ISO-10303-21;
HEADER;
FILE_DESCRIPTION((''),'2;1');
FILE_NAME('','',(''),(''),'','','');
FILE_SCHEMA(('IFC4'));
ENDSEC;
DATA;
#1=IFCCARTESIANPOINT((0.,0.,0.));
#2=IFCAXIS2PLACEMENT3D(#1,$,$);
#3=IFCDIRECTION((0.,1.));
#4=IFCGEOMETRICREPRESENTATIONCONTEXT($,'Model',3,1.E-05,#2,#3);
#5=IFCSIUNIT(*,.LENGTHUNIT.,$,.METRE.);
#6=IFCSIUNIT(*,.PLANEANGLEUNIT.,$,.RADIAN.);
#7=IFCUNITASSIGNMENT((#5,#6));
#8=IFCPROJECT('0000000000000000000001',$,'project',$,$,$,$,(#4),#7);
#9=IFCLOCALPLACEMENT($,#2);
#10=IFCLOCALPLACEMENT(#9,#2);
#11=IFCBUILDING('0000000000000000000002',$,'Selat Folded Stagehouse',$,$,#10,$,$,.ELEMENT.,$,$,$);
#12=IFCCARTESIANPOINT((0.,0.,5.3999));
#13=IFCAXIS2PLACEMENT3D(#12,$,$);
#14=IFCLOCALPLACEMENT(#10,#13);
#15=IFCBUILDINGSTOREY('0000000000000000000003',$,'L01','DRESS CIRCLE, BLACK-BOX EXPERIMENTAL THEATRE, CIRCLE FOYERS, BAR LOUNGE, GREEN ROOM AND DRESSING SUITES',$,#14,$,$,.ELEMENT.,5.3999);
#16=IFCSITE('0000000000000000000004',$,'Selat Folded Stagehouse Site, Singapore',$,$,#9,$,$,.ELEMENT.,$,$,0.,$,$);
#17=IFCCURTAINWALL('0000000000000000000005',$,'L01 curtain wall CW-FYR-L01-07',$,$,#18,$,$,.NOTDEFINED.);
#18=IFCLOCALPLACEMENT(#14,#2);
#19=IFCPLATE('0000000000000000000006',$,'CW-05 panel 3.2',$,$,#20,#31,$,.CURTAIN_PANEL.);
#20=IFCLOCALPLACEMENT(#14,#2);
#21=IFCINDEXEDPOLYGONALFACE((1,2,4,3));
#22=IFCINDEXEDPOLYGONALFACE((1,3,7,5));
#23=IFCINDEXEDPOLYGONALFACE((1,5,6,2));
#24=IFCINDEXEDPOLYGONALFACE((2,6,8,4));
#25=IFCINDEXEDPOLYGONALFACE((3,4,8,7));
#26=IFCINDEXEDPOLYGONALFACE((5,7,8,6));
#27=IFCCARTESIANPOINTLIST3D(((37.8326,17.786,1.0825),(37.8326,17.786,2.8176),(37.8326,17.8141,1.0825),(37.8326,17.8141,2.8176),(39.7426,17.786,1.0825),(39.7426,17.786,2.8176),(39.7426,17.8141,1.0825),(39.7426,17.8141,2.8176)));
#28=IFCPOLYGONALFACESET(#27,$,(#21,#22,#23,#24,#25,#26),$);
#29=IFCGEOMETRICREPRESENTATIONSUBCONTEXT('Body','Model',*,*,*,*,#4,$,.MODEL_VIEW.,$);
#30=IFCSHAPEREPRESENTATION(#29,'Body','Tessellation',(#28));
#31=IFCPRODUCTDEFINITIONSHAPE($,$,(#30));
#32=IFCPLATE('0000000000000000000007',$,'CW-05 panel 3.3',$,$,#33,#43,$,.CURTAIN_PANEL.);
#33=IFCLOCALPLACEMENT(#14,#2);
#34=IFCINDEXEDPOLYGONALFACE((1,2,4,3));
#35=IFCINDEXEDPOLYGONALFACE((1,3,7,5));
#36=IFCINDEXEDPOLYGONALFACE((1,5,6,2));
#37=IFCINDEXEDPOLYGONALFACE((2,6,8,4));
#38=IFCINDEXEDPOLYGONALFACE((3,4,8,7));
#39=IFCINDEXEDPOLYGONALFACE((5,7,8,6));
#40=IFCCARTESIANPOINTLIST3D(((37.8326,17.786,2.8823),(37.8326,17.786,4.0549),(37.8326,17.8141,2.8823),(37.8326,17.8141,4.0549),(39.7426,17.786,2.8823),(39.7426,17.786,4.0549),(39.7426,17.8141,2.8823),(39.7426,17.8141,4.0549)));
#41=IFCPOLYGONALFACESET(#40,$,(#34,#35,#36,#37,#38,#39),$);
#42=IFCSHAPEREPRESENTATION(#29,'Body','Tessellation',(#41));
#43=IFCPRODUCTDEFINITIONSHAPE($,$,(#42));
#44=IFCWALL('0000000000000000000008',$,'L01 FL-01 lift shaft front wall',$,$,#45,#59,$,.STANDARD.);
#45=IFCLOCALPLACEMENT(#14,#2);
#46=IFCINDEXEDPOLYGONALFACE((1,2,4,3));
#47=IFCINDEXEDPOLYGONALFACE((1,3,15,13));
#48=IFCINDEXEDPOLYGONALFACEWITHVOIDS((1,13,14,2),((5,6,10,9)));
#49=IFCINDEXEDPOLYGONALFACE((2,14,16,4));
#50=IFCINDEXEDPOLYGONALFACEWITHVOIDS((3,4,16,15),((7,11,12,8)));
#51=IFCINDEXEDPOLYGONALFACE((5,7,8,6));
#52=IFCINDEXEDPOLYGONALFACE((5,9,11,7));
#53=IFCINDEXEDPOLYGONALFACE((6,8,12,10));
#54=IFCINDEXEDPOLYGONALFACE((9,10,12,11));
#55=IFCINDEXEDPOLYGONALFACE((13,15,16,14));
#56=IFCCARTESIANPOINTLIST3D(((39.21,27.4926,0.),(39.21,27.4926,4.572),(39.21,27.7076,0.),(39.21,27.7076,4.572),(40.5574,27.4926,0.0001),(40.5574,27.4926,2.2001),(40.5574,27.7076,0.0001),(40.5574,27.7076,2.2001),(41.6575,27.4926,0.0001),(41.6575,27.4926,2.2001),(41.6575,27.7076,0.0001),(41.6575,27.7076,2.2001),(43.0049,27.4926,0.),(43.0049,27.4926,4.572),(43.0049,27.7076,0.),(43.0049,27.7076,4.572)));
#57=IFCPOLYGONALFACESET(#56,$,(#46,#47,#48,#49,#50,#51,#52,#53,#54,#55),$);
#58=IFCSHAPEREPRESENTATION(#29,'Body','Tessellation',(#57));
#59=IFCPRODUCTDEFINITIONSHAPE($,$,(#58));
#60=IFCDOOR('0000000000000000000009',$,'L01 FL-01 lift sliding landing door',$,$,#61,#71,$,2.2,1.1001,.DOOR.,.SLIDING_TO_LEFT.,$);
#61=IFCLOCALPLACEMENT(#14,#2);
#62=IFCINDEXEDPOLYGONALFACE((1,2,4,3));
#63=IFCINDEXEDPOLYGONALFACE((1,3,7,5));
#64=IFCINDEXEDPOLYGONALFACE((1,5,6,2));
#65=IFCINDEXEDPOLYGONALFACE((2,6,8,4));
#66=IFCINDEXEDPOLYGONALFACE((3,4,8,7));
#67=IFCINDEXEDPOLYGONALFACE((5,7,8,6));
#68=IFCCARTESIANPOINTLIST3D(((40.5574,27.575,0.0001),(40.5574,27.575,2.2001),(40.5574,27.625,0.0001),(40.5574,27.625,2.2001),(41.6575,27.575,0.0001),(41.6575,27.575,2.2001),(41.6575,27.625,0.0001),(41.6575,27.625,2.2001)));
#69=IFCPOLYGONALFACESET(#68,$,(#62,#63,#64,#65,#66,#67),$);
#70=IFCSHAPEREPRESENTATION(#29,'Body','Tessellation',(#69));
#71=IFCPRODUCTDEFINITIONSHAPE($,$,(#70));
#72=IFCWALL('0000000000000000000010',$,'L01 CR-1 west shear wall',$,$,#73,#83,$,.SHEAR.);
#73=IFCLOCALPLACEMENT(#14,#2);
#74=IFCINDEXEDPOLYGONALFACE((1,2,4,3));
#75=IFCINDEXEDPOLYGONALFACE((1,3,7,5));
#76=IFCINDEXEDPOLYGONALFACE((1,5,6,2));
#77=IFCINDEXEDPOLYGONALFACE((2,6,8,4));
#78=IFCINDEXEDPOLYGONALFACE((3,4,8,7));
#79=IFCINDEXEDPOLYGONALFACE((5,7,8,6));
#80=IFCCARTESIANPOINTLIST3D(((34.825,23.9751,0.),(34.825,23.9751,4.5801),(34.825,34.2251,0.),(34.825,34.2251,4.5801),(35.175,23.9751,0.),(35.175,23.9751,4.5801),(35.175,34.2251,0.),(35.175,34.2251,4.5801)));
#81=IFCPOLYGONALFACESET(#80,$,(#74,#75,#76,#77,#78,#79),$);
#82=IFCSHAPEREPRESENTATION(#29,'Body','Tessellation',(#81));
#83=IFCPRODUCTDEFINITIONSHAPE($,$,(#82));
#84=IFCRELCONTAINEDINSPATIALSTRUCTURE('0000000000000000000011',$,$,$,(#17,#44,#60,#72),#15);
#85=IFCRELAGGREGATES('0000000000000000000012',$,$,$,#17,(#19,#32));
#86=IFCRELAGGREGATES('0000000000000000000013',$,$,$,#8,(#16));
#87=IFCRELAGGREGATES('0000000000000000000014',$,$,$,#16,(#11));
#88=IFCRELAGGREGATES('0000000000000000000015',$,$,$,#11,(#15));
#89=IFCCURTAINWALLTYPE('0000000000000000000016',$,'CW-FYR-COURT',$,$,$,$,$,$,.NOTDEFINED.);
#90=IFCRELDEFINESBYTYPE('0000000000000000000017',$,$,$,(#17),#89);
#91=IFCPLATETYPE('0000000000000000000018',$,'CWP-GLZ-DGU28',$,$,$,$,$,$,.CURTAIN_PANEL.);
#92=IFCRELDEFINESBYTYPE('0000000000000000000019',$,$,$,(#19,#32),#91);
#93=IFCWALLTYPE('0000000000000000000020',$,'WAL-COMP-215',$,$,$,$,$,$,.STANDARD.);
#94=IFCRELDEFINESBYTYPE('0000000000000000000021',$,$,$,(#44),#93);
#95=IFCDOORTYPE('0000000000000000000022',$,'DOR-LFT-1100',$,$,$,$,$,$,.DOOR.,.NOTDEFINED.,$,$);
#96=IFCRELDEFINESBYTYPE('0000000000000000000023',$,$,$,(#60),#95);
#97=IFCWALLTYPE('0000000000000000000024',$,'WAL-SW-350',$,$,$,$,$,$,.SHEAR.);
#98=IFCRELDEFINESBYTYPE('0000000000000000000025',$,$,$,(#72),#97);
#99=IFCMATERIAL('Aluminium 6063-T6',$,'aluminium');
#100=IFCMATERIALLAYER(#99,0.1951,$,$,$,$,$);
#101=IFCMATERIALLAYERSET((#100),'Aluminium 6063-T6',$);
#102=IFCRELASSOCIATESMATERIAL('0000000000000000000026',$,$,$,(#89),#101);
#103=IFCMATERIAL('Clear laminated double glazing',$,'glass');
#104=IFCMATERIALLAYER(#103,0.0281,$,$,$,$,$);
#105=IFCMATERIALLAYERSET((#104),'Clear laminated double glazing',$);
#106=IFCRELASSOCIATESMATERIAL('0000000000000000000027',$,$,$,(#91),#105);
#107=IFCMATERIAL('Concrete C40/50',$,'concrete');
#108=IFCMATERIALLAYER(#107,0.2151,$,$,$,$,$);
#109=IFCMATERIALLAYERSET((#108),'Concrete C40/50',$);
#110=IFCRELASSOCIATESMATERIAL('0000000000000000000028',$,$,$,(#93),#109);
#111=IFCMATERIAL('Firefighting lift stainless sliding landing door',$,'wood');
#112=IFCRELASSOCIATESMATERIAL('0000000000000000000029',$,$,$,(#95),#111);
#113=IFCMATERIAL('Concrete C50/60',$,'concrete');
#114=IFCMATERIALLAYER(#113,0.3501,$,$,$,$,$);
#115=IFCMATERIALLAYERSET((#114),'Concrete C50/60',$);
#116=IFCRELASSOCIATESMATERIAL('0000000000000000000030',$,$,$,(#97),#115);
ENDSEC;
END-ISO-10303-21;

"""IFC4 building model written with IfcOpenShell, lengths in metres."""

from ifc_helpers import new_model, si_unit, direction, frame, frame_2d, origin, origin_2d, place, context, subcontext, project, spatial, rectangle, extrude, material, layer, layer_set, type_object, element, fill, aggregate, save


model = new_model("IFC4")

# Units and contexts
model_context = context("Model", 3, precision=1e-05, world=origin(), true_north=direction((0.0, 1.0)))
body_context = subcontext(model_context, "Body", "Model", "MODEL_VIEW")
ifc_project = project(units=[si_unit("LENGTHUNIT", "METRE"), si_unit("PLANEANGLEUNIT", "RADIAN")], contexts=[model_context])

# Site, building, storey
site_placement = place(None, origin())
site = spatial("IfcSite", under=ifc_project, at=site_placement, Name="Selat Folded Stagehouse Site, Singapore", CompositionType="ELEMENT", RefElevation=0.0)
building_placement = place(site_placement, origin())
building = spatial("IfcBuilding", under=site, at=building_placement, Name="Selat Folded Stagehouse", CompositionType="ELEMENT")
storey_placement = place(building_placement, frame((0.0, 0.0, 5.3999)))
storey = spatial("IfcBuildingStorey", under=building, at=storey_placement, Name="L01", Description="DRESS CIRCLE, BLACK-BOX EXPERIMENTAL THEATRE, CIRCLE FOYERS, BAR LOUNGE, GREEN ROOM AND DRESSING SUITES", CompositionType="ELEMENT", Elevation=5.3999)

# Curtain wall
ifc_material_1 = material(Name="Aluminium 6063-T6", Category="aluminium")
ifc_layer_1 = layer(ifc_material_1, 0.1951)
ifc_layer_set_1 = layer_set([ifc_layer_1], Name="Aluminium 6063-T6")
curtain_wall_type = type_object("IfcCurtainWallType", Name="CW-FYR-COURT", PredefinedType="NOTDEFINED", material=ifc_layer_set_1)
curtain_wall_placement = place(storey_placement, origin())
curtain_wall = element("IfcCurtainWall", 1, at=curtain_wall_placement, inside=storey, type_object=curtain_wall_type, Name="L01 curtain wall CW-FYR-L01-07", PredefinedType="NOTDEFINED")

# Plates
ifc_material_2 = material(Name="Clear laminated double glazing", Category="glass")
ifc_layer_2 = layer(ifc_material_2, 0.0281)
ifc_layer_set_2 = layer_set([ifc_layer_2], Name="Clear laminated double glazing")
plate_type = type_object("IfcPlateType", Name="CWP-GLZ-DGU28", PredefinedType="CURTAIN_PANEL", material=ifc_layer_set_2)
plate_1_placement = place(storey_placement, frame((38.7876, 17.8, 1.0825), z_axis=(0.0, 0.0, 1.0), x_axis=(1.0, 0.0, 0.0)))
plate_1 = element("IfcPlate", 2, at=plate_1_placement, type_object=plate_type, Name="CW-05 panel 3.2", PredefinedType="CURTAIN_PANEL", context=body_context, shape_type="SweptSolid", body=[
    extrude(rectangle(XDim=1.9099, YDim=0.0281, at=origin_2d()), origin(), (0.0, 0.0, 1.0), 1.7351),
])
plate_2_placement = place(storey_placement, frame((38.7876, 17.8, 2.8823), z_axis=(0.0, 0.0, 1.0), x_axis=(1.0, 0.0, 0.0)))
plate_2 = element("IfcPlate", 3, at=plate_2_placement, type_object=plate_type, Name="CW-05 panel 3.3", PredefinedType="CURTAIN_PANEL", context=body_context, shape_type="SweptSolid", body=[
    extrude(rectangle(XDim=1.9099, YDim=0.0281, at=origin_2d()), origin(), (0.0, 0.0, 1.0), 1.1726),
])
aggregate(curtain_wall, [plate_1, plate_2])

# Wall, opening, door
ifc_material_3 = material(Name="Concrete C40/50", Category="concrete")
ifc_layer_3 = layer(ifc_material_3, 0.2151)
ifc_layer_set_3 = layer_set([ifc_layer_3], Name="Concrete C40/50")
wall_type_1 = type_object("IfcWallType", Name="WAL-COMP-215", PredefinedType="STANDARD", material=ifc_layer_set_3)
wall_1_placement = place(storey_placement, frame((39.21, 27.6001, 0.0), z_axis=(0.0, 0.0, 1.0), x_axis=(1.0, 0.0, 0.0)))
wall_1 = element("IfcWall", 4, at=wall_1_placement, inside=storey, type_object=wall_type_1, Name="L01 FL-01 lift shaft front wall", PredefinedType="STANDARD", context=body_context, shape_type="SweptSolid", body=[
    extrude(rectangle(XDim=3.7949, YDim=0.2151, at=frame_2d((1.8975, 0.0))), origin(), (0.0, 0.0, 1.0), 4.572),
])
opening_placement = place(wall_1_placement, frame((1.3474, 0.0, 0.0)))
opening = element("IfcOpeningElement", 5, at=opening_placement, cuts=wall_1, PredefinedType="OPENING", context=body_context, shape_type="SweptSolid", body=[
    extrude(rectangle(XDim=1.1001, YDim=2.2, at=frame_2d((0.55, 1.1001))), frame((0.0, 0.1174, 0.0), z_axis=(0.0, -1.0, 0.0), x_axis=(1.0, 0.0, 0.0)), (0.0, 0.0, 1.0), 0.2351),
])
ifc_material_4 = material(Name="Firefighting lift stainless sliding landing door", Category="wood")
door_type = type_object("IfcDoorType", Name="DOR-LFT-1100", OperationType="NOTDEFINED", PredefinedType="DOOR", material=ifc_material_4)
door_placement = place(opening_placement, origin())
door = element("IfcDoor", 6, at=door_placement, inside=storey, type_object=door_type, Name="L01 FL-01 lift sliding landing door", OperationType="SLIDING_TO_LEFT", OverallHeight=2.2, OverallWidth=1.1001, PredefinedType="DOOR", context=body_context, shape_type="SweptSolid", body=[
    extrude(rectangle(XDim=1.1001, YDim=2.2, at=frame_2d((0.55, 1.1001))), frame((0.0, 0.0249, 0.0), z_axis=(0.0, -1.0, 0.0), x_axis=(1.0, 0.0, 0.0)), (0.0, 0.0, 1.0), 0.05),
])
fill(opening, door)

# Wall
ifc_material_5 = material(Name="Concrete C50/60", Category="concrete")
ifc_layer_4 = layer(ifc_material_5, 0.3501)
ifc_layer_set_4 = layer_set([ifc_layer_4], Name="Concrete C50/60")
wall_type_2 = type_object("IfcWallType", Name="WAL-SW-350", PredefinedType="SHEAR", material=ifc_layer_set_4)
wall_2_placement = place(storey_placement, frame((35.0, 23.9751, 0.0), z_axis=(0.0, 0.0, 1.0), x_axis=(0.0, 1.0, 0.0)))
element("IfcWall", 7, at=wall_2_placement, inside=storey, type_object=wall_type_2, Name="L01 CR-1 west shear wall", PredefinedType="SHEAR", context=body_context, shape_type="SweptSolid", body=[
    extrude(rectangle(XDim=10.25, YDim=0.3501, at=frame_2d((5.125, 0.0))), origin(), (0.0, 0.0, 1.0), 4.5801),
])

save(model, "model.ifc")
